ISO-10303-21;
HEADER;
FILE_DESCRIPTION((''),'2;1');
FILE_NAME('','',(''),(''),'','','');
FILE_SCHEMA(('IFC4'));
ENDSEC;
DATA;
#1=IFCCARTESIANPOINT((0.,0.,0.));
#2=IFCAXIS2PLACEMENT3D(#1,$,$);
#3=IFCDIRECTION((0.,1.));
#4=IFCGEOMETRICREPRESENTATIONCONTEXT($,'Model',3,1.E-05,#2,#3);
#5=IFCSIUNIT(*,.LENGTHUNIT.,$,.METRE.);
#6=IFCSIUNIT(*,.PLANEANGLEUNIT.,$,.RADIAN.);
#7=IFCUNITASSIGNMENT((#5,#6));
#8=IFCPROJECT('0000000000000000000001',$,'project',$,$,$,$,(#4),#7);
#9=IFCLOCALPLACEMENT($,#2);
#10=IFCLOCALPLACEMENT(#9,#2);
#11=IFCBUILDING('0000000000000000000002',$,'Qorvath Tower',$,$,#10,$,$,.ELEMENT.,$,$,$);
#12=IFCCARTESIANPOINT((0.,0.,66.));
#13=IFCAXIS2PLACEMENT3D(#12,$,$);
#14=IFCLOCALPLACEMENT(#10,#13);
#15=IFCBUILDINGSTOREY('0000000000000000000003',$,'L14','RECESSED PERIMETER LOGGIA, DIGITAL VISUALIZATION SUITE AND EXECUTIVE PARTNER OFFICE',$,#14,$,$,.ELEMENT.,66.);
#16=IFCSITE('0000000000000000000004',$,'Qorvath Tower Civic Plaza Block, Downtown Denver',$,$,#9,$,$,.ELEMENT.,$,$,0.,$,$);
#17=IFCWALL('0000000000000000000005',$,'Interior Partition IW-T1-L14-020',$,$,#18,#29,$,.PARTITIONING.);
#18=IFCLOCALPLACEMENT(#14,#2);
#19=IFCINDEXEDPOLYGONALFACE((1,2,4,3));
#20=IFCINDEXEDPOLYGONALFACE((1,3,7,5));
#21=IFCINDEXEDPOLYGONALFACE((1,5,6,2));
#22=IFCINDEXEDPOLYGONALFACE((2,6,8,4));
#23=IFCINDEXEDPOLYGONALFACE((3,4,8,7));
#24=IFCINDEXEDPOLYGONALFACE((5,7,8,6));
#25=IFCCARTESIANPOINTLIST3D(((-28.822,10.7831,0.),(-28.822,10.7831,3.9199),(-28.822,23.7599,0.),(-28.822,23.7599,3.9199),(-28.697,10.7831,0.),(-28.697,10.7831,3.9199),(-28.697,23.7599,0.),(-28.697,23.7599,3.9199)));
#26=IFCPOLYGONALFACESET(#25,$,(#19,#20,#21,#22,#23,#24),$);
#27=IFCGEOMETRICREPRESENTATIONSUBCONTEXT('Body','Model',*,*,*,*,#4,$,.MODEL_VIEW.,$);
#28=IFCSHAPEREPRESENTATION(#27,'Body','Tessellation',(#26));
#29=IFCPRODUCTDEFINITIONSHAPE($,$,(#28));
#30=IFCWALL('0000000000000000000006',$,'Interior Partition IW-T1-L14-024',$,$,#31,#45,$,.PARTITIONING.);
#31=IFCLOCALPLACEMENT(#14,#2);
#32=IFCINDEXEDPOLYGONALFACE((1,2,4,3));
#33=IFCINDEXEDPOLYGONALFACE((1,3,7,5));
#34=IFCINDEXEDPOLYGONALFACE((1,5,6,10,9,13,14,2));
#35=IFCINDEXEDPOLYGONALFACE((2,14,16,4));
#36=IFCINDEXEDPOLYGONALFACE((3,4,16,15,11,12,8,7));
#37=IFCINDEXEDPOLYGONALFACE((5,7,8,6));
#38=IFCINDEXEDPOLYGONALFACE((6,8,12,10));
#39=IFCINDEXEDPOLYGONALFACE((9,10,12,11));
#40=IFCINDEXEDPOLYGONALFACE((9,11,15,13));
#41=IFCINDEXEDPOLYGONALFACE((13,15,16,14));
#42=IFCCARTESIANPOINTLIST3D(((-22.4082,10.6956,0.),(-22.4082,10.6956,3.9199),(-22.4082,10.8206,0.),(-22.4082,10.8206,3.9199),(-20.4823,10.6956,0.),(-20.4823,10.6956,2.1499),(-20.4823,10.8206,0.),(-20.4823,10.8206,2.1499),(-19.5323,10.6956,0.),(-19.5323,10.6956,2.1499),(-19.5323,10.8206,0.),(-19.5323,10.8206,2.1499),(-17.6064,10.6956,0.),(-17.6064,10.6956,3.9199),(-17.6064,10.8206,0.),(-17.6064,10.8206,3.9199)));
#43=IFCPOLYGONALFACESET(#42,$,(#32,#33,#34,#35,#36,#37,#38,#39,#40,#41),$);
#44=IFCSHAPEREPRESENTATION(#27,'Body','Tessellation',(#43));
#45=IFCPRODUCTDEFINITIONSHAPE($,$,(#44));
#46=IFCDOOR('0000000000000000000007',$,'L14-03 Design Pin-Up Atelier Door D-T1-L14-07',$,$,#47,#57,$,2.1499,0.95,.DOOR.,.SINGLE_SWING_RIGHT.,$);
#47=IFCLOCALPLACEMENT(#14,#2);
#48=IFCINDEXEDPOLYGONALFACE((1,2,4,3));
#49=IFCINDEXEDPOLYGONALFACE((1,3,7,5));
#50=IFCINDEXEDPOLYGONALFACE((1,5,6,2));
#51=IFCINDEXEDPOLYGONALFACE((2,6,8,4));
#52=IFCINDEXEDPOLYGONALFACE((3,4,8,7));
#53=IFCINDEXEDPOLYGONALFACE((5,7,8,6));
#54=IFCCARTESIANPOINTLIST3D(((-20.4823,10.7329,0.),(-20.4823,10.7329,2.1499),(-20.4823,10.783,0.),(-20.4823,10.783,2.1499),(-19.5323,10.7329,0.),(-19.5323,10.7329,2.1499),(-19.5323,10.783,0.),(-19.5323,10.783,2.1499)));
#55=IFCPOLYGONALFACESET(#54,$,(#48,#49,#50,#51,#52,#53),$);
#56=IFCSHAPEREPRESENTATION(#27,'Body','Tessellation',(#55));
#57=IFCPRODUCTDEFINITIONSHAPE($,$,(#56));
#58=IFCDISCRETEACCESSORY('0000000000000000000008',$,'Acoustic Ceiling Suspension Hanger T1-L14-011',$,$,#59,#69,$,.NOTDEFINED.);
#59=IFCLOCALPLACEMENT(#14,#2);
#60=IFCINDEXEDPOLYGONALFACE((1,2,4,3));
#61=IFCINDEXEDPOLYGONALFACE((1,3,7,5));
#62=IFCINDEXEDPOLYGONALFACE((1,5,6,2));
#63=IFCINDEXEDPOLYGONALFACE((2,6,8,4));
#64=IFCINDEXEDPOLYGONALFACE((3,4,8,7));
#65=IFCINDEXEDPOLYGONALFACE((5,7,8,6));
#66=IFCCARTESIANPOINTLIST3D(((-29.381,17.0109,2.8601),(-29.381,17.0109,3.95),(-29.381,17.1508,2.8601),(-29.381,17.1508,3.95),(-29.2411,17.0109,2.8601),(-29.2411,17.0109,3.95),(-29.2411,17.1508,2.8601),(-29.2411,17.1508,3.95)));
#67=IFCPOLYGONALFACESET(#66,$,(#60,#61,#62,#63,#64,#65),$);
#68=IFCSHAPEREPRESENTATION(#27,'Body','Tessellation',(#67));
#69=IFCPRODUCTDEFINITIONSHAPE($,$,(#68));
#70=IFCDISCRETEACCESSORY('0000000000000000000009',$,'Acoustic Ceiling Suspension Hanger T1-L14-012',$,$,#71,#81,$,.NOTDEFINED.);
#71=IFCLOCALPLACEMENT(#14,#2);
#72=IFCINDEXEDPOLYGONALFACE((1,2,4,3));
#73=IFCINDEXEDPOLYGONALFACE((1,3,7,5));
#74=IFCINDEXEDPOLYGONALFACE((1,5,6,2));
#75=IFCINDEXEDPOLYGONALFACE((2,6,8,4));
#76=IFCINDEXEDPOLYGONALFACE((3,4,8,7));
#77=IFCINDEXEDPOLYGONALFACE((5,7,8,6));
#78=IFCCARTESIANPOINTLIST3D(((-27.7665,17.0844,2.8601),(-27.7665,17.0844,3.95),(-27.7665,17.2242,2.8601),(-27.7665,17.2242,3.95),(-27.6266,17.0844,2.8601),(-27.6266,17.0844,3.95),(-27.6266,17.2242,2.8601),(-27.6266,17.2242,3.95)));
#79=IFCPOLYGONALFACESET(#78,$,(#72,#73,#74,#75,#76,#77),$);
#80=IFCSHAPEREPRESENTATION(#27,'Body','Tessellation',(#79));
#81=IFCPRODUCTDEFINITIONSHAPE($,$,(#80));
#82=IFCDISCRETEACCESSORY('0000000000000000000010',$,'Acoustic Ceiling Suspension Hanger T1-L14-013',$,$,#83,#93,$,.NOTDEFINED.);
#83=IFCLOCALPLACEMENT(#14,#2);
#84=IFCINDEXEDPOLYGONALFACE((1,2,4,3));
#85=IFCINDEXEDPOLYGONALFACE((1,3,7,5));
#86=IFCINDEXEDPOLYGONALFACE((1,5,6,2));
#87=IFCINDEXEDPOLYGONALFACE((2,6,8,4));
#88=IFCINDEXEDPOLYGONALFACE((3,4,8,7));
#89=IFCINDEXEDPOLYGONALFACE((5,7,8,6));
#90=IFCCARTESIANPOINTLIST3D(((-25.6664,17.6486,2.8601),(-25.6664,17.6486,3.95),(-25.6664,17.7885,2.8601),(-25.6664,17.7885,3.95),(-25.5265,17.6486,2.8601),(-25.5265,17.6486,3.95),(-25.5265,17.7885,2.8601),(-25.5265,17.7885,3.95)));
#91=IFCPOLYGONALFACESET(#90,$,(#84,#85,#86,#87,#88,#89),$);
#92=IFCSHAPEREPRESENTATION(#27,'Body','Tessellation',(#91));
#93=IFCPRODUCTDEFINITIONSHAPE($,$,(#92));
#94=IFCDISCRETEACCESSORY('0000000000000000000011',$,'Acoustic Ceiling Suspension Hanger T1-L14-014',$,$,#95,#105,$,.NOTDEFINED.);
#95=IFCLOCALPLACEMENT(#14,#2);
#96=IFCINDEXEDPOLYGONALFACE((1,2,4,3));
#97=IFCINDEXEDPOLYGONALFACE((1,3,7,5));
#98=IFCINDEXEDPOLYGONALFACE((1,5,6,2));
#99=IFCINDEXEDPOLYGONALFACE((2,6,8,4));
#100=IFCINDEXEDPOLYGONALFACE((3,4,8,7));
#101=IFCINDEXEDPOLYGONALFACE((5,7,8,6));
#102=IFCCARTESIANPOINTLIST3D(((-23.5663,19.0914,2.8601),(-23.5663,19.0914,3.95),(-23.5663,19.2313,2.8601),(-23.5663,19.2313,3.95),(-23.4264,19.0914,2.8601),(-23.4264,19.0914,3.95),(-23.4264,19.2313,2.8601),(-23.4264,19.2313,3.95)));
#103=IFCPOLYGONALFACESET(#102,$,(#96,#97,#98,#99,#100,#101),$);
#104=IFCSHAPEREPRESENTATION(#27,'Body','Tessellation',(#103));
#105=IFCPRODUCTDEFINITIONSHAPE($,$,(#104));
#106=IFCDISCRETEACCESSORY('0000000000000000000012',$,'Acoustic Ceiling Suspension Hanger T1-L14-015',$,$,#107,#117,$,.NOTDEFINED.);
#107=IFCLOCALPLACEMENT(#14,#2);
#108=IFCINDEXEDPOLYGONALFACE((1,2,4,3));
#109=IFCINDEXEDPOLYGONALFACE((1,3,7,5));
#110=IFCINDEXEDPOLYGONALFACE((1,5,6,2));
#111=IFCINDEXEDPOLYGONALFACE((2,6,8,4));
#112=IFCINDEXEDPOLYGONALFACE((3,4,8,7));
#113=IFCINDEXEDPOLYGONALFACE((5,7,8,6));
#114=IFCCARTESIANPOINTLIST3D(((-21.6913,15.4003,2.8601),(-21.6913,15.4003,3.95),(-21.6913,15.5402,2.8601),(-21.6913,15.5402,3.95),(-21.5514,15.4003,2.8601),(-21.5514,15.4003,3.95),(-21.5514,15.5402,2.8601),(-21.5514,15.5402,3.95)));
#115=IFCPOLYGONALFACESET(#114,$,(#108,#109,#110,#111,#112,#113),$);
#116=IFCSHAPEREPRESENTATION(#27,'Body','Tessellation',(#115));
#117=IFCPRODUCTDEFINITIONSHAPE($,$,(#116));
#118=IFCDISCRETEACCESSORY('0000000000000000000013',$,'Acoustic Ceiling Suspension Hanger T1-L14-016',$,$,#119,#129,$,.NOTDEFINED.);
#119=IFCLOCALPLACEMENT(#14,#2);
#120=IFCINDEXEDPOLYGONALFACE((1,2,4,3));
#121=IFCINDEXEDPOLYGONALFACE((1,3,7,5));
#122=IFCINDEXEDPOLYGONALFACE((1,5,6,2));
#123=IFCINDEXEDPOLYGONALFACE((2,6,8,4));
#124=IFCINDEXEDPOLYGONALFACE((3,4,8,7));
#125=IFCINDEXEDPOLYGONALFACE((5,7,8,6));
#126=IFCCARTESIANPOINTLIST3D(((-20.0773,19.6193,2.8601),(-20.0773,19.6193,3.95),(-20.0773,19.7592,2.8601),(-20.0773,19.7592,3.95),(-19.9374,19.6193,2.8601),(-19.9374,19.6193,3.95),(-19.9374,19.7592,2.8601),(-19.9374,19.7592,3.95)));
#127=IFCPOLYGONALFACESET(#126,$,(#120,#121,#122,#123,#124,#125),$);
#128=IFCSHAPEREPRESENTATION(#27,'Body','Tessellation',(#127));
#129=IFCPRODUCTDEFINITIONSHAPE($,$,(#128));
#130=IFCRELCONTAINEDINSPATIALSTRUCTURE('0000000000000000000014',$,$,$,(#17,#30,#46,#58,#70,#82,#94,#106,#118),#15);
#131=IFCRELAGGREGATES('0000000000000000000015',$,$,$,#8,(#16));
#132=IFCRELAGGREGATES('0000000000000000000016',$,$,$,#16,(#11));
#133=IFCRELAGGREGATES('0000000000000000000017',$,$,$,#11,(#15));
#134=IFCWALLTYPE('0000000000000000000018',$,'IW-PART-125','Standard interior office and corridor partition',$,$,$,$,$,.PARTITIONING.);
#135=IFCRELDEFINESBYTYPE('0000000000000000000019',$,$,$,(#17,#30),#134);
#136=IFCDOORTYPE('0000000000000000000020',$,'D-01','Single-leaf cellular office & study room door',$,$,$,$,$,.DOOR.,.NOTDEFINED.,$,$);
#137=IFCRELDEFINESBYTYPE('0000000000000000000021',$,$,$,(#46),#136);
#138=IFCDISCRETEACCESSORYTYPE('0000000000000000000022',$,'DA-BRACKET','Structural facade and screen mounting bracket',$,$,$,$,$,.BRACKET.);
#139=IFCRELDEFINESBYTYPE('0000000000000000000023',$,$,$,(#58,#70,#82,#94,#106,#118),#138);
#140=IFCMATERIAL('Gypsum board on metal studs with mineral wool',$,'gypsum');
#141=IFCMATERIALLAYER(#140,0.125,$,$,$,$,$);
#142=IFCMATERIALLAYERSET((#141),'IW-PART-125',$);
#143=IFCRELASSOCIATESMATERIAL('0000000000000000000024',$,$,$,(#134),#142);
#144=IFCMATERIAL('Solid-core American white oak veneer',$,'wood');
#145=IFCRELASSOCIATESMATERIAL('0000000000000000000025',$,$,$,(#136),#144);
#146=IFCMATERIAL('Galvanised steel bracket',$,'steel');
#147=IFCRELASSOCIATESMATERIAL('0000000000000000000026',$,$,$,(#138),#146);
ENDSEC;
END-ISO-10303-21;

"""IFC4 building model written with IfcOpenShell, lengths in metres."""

from ifc_helpers import new_model, si_unit, direction, frame, frame_2d, origin, origin_2d, place, context, subcontext, project, spatial, rectangle, extrude, material, layer, layer_set, type_object, element, fill, save


model = new_model("IFC4")

# Units and contexts
model_context = context("Model", 3, precision=1e-05, world=origin(), true_north=direction((0.0, 1.0)))
body_context = subcontext(model_context, "Body", "Model", "MODEL_VIEW")
ifc_project = project(units=[si_unit("LENGTHUNIT", "METRE"), si_unit("PLANEANGLEUNIT", "RADIAN")], contexts=[model_context])

# Site, building, storey
site_placement = place(None, origin())
site = spatial("IfcSite", under=ifc_project, at=site_placement, Name="Qorvath Tower Civic Plaza Block, Downtown Denver", CompositionType="ELEMENT", RefElevation=0.0)
building_placement = place(site_placement, origin())
building = spatial("IfcBuilding", under=site, at=building_placement, Name="Qorvath Tower", CompositionType="ELEMENT")
storey_placement = place(building_placement, frame((0.0, 0.0, 66.0)))
storey = spatial("IfcBuildingStorey", under=building, at=storey_placement, Name="L14", Description="RECESSED PERIMETER LOGGIA, DIGITAL VISUALIZATION SUITE AND EXECUTIVE PARTNER OFFICE", CompositionType="ELEMENT", Elevation=66.0)

# Wall
ifc_material_1 = material(Name="Gypsum board on metal studs with mineral wool", Category="gypsum")
ifc_layer_1 = layer(ifc_material_1, 0.125)
ifc_layer_set_1 = layer_set([ifc_layer_1], Name="IW-PART-125")
wall_type_1 = type_object("IfcWallType", Name="IW-PART-125", Description="Standard interior office and corridor partition", PredefinedType="PARTITIONING", material=ifc_layer_set_1)
wall_1_placement = place(storey_placement, frame((-28.7595, 10.7832, 0.0), z_axis=(0.0, 0.0, 1.0), x_axis=(0.0, 1.0, 0.0)))
element("IfcWall", 1, at=wall_1_placement, inside=storey, type_object=wall_type_1, Name="Interior Partition IW-T1-L14-020", PredefinedType="PARTITIONING", context=body_context, shape_type="SweptSolid", body=[
    extrude(rectangle(XDim=12.9768, YDim=0.125, at=frame_2d((6.4883, 0.0))), origin(), (0.0, 0.0, 1.0), 3.9199),
])

# Wall, opening, door
wall_2_placement = place(storey_placement, frame((-22.4082, 10.7581, 0.0), z_axis=(0.0, 0.0, 1.0), x_axis=(1.0, 0.0, 0.0)))
wall_2 = element("IfcWall", 2, at=wall_2_placement, inside=storey, type_object=wall_type_1, Name="Interior Partition IW-T1-L14-024", PredefinedType="PARTITIONING", context=body_context, shape_type="SweptSolid", body=[
    extrude(rectangle(XDim=4.8018, YDim=0.125, at=frame_2d((2.4009, 0.0))), origin(), (0.0, 0.0, 1.0), 3.9199),
])
opening_placement = place(wall_2_placement, frame((1.9258, 0.0, 0.0)))
opening = element("IfcOpeningElement", 3, at=opening_placement, cuts=wall_2, PredefinedType="OPENING", context=body_context, shape_type="SweptSolid", body=[
    extrude(rectangle(XDim=0.95, YDim=2.1499, at=frame_2d((0.4751, 1.075))), frame((0.0, 0.0725, 0.0), z_axis=(0.0, -1.0, 0.0), x_axis=(1.0, 0.0, 0.0)), (0.0, 0.0, 1.0), 0.145),
])
ifc_material_2 = material(Name="Solid-core American white oak veneer", Category="wood")
door_type = type_object("IfcDoorType", Name="D-01", Description="Single-leaf cellular office & study room door", OperationType="NOTDEFINED", PredefinedType="DOOR", material=ifc_material_2)
door_placement = place(opening_placement, origin())
door = element("IfcDoor", 4, at=door_placement, inside=storey, type_object=door_type, Name="L14-03 Design Pin-Up Atelier Door D-T1-L14-07", OperationType="SINGLE_SWING_RIGHT", OverallHeight=2.1499, OverallWidth=0.95, PredefinedType="DOOR", context=body_context, shape_type="SweptSolid", body=[
    extrude(rectangle(XDim=0.95, YDim=2.1499, at=frame_2d((0.4751, 1.075))), frame((0.0, 0.0249, 0.0), z_axis=(0.0, -1.0, 0.0), x_axis=(1.0, 0.0, 0.0)), (0.0, 0.0, 1.0), 0.05),
])
fill(opening, door)

# Discrete accessories
ifc_material_3 = material(Name="Galvanised steel bracket", Category="steel")
discrete_accessory_type = type_object("IfcDiscreteAccessoryType", Name="DA-BRACKET", Description="Structural facade and screen mounting bracket", PredefinedType="BRACKET", material=ifc_material_3)
for number, where, z_axis, x_axis, name in (
    (5, (-29.311, 17.0808, 2.8601), (0.0, 0.0, 1.0), (1.0, 0.0, 0.0), "Acoustic Ceiling Suspension Hanger T1-L14-011"),
    (6, (-27.6965, 17.1543, 2.8601), (0.0, 0.0, 1.0), (1.0, 0.0, 0.0), "Acoustic Ceiling Suspension Hanger T1-L14-012"),
    (7, (-25.5964, 17.7185, 2.8601), (0.0, 0.0, 1.0), (1.0, 0.0, 0.0), "Acoustic Ceiling Suspension Hanger T1-L14-013"),
    (8, (-23.4963, 19.1614, 2.8601), (0.0, 0.0, 1.0), (1.0, 0.0, 0.0), "Acoustic Ceiling Suspension Hanger T1-L14-014"),
    (9, (-21.6213, 15.4702, 2.8601), (0.0, 0.0, 1.0), (1.0, 0.0, 0.0), "Acoustic Ceiling Suspension Hanger T1-L14-015"),
    (10, (-20.0073, 19.6892, 2.8601), (0.0, 0.0, 1.0), (1.0, 0.0, 0.0), "Acoustic Ceiling Suspension Hanger T1-L14-016"),
):
    element("IfcDiscreteAccessory", number, at=place(storey_placement, frame(where, z_axis=z_axis, x_axis=x_axis)), inside=storey, type_object=discrete_accessory_type, Name=name, PredefinedType="NOTDEFINED", context=body_context, shape_type="SweptSolid", body=[
        extrude(rectangle(XDim=0.1399, YDim=0.1399, at=origin_2d()), origin(), (0.0, 0.0, 1.0), 1.0898),
    ])

save(model, "model.ifc")
